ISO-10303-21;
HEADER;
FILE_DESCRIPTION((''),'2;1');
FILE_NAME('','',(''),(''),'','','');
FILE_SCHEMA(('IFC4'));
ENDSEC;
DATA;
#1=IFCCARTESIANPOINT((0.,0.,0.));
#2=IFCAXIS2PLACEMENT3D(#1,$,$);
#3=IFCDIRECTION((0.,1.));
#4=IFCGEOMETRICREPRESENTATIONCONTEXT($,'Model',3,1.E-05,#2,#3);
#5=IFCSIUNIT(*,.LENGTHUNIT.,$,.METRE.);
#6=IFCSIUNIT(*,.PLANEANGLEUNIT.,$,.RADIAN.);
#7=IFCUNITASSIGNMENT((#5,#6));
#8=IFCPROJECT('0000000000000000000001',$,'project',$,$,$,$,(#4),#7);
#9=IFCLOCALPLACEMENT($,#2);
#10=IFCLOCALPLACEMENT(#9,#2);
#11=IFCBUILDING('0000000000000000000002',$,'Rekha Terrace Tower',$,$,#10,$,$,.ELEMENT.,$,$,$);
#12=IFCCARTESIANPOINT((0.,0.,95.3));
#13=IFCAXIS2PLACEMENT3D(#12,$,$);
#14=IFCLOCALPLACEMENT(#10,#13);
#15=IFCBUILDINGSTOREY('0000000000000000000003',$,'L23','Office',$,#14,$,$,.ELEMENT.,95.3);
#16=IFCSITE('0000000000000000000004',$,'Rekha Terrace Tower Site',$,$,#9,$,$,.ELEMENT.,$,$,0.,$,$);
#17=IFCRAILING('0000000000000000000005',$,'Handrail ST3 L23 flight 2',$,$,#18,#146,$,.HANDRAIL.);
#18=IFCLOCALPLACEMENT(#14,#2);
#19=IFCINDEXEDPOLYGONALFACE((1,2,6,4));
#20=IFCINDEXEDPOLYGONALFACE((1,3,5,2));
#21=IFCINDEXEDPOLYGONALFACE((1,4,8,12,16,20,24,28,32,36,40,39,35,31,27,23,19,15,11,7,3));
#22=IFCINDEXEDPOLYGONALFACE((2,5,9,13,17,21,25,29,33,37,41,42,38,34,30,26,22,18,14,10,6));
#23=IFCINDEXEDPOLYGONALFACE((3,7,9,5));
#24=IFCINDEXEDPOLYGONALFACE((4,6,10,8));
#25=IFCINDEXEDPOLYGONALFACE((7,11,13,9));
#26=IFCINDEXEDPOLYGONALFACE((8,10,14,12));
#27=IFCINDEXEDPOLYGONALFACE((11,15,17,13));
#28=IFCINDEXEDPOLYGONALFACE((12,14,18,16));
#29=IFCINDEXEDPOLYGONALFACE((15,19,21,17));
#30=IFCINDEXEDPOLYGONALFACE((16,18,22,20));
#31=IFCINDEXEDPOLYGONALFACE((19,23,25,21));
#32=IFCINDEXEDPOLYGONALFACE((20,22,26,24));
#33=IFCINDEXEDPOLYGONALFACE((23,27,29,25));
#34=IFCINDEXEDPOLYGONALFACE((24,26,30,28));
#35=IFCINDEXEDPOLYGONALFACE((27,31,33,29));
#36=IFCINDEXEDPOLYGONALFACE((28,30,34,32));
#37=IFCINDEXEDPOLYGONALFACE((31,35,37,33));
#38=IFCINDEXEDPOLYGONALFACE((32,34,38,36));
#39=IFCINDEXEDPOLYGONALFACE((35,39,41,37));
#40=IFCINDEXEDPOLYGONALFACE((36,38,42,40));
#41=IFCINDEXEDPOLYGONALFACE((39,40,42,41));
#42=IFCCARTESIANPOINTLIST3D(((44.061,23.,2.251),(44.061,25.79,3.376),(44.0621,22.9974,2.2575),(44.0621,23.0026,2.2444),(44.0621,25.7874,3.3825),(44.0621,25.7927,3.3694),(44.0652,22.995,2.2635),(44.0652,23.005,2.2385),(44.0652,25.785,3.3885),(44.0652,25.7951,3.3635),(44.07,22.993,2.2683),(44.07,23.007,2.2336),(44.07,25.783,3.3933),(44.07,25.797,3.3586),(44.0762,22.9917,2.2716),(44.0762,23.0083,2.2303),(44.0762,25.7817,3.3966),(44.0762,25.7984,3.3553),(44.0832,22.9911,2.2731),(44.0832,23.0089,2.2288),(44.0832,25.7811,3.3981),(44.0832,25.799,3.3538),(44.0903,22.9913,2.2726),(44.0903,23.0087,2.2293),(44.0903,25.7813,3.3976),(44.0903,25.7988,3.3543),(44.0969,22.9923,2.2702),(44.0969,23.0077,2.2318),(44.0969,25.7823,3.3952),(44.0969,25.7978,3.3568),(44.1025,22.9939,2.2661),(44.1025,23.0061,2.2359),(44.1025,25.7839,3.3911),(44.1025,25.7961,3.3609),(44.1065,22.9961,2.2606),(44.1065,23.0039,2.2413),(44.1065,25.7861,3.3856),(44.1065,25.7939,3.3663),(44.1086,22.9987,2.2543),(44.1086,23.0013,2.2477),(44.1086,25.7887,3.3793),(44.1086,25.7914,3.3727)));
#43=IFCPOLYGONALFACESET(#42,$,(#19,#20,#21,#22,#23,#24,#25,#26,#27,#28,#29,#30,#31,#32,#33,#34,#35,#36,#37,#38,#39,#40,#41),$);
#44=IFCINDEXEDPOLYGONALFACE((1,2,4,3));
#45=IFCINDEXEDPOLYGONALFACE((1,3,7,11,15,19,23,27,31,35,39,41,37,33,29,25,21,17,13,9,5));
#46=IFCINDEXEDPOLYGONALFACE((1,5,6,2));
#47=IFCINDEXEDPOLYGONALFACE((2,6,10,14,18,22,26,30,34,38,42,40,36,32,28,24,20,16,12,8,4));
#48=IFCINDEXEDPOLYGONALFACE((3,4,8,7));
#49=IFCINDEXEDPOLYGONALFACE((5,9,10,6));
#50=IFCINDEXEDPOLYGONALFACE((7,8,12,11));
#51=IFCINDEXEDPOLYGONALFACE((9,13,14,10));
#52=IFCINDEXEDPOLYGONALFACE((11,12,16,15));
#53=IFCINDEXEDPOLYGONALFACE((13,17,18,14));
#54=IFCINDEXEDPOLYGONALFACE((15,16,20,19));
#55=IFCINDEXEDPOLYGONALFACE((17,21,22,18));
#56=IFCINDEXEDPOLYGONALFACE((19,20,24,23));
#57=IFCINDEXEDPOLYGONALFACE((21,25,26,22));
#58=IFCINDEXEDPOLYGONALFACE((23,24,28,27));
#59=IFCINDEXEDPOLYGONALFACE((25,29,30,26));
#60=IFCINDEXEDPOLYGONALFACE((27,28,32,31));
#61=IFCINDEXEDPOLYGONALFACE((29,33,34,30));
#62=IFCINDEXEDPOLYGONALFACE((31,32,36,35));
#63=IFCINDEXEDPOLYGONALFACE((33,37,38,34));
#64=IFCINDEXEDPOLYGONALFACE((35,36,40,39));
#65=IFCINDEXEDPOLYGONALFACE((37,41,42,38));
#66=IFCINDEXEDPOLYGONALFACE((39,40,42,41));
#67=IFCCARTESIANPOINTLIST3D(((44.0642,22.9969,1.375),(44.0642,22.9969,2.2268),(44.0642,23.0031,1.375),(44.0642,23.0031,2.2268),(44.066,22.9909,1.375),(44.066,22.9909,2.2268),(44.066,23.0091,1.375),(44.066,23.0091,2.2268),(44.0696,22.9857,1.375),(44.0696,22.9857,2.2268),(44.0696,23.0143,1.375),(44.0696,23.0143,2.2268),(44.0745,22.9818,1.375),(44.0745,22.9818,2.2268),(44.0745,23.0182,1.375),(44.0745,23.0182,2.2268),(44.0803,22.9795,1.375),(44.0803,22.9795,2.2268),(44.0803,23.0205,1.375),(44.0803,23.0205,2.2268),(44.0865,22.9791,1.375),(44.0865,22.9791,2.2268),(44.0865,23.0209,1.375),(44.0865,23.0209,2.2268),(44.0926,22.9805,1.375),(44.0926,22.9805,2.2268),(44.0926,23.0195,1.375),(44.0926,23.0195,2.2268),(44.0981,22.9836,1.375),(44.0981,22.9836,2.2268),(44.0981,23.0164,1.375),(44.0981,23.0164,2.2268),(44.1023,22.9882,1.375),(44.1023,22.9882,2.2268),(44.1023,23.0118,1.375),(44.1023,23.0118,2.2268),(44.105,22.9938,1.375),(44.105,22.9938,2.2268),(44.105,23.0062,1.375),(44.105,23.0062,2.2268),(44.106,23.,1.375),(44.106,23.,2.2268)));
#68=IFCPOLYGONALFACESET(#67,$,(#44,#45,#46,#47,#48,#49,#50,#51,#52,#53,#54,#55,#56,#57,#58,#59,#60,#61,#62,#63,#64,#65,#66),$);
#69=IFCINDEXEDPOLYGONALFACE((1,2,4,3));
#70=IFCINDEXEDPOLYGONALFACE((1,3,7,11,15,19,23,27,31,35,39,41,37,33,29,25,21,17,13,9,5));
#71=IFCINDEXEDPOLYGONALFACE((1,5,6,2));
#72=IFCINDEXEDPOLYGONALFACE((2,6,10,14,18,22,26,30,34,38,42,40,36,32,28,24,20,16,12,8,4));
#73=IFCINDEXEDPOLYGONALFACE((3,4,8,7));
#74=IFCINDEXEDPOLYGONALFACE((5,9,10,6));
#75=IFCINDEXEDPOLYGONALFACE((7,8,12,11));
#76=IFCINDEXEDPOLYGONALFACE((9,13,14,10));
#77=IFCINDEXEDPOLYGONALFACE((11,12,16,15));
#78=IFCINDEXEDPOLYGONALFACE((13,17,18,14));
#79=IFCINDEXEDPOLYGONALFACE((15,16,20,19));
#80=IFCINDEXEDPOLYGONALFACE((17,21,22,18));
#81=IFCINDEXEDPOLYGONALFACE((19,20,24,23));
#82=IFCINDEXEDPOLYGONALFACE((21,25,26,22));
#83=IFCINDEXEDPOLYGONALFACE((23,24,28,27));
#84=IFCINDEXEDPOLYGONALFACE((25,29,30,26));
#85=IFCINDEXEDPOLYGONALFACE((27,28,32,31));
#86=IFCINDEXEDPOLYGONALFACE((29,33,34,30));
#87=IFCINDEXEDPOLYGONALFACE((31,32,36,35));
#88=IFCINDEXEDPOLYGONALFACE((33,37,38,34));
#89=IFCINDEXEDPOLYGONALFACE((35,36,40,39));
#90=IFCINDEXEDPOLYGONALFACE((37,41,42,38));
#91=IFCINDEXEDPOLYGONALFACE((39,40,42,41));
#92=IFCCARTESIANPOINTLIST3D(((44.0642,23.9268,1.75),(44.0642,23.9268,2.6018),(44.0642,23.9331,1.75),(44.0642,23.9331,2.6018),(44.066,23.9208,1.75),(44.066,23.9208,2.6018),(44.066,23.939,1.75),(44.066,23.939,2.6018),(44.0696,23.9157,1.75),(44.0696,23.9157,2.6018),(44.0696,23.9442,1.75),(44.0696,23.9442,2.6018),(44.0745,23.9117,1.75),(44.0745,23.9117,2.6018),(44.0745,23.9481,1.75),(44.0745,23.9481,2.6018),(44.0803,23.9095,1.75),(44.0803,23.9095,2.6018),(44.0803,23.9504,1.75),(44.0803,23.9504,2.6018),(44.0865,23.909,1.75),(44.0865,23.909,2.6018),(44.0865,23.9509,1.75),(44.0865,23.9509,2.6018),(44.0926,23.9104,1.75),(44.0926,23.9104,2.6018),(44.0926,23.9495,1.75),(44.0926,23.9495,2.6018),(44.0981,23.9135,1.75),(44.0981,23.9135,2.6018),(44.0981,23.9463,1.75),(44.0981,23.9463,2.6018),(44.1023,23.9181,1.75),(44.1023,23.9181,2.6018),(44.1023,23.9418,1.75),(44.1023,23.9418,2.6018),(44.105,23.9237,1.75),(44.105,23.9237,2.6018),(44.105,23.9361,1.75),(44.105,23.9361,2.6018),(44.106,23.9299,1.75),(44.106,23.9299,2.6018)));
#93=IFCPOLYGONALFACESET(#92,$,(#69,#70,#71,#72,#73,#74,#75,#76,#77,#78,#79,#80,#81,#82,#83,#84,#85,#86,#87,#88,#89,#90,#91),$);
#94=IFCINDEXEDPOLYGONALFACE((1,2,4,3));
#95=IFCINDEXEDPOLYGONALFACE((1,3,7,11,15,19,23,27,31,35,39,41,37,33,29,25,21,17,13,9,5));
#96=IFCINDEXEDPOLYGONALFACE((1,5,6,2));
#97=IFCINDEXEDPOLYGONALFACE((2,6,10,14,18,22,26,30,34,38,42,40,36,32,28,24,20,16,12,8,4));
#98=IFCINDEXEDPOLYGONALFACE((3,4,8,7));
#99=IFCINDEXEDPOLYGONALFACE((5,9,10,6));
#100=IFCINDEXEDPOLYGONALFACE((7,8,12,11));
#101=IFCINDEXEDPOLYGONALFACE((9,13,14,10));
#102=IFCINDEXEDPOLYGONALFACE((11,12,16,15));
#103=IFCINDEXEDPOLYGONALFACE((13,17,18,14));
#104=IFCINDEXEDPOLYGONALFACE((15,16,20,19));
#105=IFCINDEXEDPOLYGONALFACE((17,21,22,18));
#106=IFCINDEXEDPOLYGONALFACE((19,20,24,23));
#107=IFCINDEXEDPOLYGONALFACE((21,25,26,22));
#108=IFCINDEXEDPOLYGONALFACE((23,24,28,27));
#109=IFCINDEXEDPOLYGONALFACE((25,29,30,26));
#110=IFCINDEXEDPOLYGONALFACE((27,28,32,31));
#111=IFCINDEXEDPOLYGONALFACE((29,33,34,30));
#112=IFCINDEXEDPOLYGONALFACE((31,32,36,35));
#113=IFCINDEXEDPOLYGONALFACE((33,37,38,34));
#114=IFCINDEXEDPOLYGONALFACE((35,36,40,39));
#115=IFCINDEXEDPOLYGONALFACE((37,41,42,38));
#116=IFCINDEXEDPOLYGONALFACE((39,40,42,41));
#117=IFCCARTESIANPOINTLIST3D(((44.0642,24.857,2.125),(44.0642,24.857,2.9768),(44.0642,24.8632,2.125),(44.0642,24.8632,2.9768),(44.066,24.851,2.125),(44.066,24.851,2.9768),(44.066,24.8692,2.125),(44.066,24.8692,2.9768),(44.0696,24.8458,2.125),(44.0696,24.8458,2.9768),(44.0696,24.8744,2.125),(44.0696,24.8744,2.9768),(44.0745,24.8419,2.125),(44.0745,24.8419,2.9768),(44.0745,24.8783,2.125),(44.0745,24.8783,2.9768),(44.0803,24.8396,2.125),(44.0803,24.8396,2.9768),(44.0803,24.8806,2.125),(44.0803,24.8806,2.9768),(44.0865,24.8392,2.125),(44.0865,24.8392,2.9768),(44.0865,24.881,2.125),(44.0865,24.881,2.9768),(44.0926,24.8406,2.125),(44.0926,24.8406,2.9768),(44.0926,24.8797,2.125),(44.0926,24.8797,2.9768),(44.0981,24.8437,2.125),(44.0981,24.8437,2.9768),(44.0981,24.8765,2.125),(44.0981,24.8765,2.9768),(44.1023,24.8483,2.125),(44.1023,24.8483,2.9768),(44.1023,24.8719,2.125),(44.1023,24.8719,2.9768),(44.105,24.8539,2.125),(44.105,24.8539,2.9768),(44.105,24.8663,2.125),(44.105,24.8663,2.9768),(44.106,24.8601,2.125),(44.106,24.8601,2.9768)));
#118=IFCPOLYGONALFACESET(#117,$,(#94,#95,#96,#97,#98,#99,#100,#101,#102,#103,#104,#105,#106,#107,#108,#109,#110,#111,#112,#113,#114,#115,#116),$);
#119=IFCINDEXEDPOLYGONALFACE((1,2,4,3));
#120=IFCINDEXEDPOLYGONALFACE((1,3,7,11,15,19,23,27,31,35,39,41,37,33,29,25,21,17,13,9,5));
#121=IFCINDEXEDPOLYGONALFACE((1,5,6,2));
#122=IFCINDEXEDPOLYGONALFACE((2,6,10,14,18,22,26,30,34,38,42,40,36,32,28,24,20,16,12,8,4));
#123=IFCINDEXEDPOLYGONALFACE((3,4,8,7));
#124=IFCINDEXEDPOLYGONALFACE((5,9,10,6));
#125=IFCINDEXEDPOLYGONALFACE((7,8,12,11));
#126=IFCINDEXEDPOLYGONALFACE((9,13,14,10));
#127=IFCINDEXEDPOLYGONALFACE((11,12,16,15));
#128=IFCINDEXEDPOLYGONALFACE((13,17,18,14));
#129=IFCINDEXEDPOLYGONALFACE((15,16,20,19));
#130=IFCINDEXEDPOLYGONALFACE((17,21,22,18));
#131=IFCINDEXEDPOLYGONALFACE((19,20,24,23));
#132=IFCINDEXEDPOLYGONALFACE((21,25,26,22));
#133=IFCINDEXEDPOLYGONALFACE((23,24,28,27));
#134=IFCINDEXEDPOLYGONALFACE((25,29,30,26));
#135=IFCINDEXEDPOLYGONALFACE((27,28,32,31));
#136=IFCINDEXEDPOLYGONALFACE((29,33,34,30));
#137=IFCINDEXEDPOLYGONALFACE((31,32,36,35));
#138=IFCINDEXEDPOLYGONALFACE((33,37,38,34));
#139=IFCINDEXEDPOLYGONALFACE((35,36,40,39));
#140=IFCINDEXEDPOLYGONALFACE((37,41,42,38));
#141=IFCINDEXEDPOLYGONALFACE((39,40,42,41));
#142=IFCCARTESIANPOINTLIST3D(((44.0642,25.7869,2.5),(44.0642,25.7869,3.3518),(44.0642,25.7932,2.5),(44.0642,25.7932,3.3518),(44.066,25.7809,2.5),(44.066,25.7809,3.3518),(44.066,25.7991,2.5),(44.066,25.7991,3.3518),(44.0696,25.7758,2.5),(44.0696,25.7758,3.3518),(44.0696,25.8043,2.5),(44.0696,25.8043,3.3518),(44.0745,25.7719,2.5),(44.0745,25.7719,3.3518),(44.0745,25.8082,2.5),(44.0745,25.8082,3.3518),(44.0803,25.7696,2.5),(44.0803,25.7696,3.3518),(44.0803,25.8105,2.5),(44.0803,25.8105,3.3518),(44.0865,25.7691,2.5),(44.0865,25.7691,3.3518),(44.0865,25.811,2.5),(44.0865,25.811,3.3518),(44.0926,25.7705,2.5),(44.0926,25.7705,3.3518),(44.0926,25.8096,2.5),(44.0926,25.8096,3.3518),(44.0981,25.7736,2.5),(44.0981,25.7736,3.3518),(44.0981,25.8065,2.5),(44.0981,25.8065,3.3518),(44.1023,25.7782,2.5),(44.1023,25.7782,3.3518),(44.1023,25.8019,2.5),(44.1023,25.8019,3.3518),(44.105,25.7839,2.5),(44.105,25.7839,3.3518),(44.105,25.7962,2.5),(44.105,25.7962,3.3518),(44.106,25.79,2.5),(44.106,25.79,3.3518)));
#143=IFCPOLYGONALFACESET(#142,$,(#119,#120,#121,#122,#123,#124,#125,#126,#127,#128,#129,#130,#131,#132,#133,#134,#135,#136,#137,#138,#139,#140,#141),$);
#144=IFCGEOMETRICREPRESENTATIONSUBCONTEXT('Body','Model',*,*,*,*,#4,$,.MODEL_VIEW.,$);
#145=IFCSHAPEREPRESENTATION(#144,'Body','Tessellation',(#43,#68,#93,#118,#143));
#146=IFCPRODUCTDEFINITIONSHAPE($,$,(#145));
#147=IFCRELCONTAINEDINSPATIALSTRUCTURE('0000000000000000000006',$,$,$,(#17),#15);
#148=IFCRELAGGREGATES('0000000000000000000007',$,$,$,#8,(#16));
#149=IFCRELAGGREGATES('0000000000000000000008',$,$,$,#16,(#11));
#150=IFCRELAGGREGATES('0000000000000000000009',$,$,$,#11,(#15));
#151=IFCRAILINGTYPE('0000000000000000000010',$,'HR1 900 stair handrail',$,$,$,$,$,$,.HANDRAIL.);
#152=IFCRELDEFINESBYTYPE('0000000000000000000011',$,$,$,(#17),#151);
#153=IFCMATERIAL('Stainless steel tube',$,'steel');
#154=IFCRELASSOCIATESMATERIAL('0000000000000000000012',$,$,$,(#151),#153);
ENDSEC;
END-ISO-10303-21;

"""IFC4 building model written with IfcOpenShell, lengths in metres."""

from ifc_helpers import new_model, si_unit, direction, frame, origin, origin_2d, place, context, subcontext, project, spatial, circle, extrude, material, type_object, element, save


model = new_model("IFC4")

# Units and contexts
model_context = context("Model", 3, precision=1e-05, world=origin(), true_north=direction((0.0, 1.0)))
body_context = subcontext(model_context, "Body", "Model", "MODEL_VIEW")
ifc_project = project(units=[si_unit("LENGTHUNIT", "METRE"), si_unit("PLANEANGLEUNIT", "RADIAN")], contexts=[model_context])

# Site, building, storey
site_placement = place(None, origin())
site = spatial("IfcSite", under=ifc_project, at=site_placement, Name="Rekha Terrace Tower Site", CompositionType="ELEMENT", RefElevation=0.0)
building_placement = place(site_placement, origin())
building = spatial("IfcBuilding", under=site, at=building_placement, Name="Rekha Terrace Tower", CompositionType="ELEMENT")
storey_placement = place(building_placement, frame((0.0, 0.0, 95.3)))
storey = spatial("IfcBuildingStorey", under=building, at=storey_placement, Name="L23", Description="Office", CompositionType="ELEMENT", Elevation=95.3)

# Railing
ifc_material_1 = material(Name="Stainless steel tube", Category="steel")
railing_type = type_object("IfcRailingType", Name="HR1 900 stair handrail", PredefinedType="HANDRAIL", material=ifc_material_1)
railing_placement = place(storey_placement, frame((44.085, 23.0, 1.375)))
element("IfcRailing", 1, at=railing_placement, inside=storey, type_object=railing_type, Name="Handrail ST3 L23 flight 2", PredefinedType="HANDRAIL", context=body_context, shape_type="SweptSolid", body=[
    extrude(circle(Radius=0.0239, at=origin_2d()), frame((0.0, 0.0, 0.876), z_axis=(0.0, 0.927443, 0.373964), x_axis=(-1.0, 0.0, 0.0)), (0.0, 0.0, 1.0), 3.0083),
    extrude(circle(Radius=0.021, at=origin_2d()), origin(), (0.0, 0.0, 1.0), 0.8518),
    extrude(circle(Radius=0.021, at=origin_2d()), frame((0.0, 0.9299, 0.375)), (0.0, 0.0, 1.0), 0.8518),
    extrude(circle(Radius=0.021, at=origin_2d()), frame((0.0, 1.8601, 0.75)), (0.0, 0.0, 1.0), 0.8518),
    extrude(circle(Radius=0.021, at=origin_2d()), frame((0.0, 2.79, 1.125)), (0.0, 0.0, 1.0), 0.8518),
])

save(model, "model.ifc")
